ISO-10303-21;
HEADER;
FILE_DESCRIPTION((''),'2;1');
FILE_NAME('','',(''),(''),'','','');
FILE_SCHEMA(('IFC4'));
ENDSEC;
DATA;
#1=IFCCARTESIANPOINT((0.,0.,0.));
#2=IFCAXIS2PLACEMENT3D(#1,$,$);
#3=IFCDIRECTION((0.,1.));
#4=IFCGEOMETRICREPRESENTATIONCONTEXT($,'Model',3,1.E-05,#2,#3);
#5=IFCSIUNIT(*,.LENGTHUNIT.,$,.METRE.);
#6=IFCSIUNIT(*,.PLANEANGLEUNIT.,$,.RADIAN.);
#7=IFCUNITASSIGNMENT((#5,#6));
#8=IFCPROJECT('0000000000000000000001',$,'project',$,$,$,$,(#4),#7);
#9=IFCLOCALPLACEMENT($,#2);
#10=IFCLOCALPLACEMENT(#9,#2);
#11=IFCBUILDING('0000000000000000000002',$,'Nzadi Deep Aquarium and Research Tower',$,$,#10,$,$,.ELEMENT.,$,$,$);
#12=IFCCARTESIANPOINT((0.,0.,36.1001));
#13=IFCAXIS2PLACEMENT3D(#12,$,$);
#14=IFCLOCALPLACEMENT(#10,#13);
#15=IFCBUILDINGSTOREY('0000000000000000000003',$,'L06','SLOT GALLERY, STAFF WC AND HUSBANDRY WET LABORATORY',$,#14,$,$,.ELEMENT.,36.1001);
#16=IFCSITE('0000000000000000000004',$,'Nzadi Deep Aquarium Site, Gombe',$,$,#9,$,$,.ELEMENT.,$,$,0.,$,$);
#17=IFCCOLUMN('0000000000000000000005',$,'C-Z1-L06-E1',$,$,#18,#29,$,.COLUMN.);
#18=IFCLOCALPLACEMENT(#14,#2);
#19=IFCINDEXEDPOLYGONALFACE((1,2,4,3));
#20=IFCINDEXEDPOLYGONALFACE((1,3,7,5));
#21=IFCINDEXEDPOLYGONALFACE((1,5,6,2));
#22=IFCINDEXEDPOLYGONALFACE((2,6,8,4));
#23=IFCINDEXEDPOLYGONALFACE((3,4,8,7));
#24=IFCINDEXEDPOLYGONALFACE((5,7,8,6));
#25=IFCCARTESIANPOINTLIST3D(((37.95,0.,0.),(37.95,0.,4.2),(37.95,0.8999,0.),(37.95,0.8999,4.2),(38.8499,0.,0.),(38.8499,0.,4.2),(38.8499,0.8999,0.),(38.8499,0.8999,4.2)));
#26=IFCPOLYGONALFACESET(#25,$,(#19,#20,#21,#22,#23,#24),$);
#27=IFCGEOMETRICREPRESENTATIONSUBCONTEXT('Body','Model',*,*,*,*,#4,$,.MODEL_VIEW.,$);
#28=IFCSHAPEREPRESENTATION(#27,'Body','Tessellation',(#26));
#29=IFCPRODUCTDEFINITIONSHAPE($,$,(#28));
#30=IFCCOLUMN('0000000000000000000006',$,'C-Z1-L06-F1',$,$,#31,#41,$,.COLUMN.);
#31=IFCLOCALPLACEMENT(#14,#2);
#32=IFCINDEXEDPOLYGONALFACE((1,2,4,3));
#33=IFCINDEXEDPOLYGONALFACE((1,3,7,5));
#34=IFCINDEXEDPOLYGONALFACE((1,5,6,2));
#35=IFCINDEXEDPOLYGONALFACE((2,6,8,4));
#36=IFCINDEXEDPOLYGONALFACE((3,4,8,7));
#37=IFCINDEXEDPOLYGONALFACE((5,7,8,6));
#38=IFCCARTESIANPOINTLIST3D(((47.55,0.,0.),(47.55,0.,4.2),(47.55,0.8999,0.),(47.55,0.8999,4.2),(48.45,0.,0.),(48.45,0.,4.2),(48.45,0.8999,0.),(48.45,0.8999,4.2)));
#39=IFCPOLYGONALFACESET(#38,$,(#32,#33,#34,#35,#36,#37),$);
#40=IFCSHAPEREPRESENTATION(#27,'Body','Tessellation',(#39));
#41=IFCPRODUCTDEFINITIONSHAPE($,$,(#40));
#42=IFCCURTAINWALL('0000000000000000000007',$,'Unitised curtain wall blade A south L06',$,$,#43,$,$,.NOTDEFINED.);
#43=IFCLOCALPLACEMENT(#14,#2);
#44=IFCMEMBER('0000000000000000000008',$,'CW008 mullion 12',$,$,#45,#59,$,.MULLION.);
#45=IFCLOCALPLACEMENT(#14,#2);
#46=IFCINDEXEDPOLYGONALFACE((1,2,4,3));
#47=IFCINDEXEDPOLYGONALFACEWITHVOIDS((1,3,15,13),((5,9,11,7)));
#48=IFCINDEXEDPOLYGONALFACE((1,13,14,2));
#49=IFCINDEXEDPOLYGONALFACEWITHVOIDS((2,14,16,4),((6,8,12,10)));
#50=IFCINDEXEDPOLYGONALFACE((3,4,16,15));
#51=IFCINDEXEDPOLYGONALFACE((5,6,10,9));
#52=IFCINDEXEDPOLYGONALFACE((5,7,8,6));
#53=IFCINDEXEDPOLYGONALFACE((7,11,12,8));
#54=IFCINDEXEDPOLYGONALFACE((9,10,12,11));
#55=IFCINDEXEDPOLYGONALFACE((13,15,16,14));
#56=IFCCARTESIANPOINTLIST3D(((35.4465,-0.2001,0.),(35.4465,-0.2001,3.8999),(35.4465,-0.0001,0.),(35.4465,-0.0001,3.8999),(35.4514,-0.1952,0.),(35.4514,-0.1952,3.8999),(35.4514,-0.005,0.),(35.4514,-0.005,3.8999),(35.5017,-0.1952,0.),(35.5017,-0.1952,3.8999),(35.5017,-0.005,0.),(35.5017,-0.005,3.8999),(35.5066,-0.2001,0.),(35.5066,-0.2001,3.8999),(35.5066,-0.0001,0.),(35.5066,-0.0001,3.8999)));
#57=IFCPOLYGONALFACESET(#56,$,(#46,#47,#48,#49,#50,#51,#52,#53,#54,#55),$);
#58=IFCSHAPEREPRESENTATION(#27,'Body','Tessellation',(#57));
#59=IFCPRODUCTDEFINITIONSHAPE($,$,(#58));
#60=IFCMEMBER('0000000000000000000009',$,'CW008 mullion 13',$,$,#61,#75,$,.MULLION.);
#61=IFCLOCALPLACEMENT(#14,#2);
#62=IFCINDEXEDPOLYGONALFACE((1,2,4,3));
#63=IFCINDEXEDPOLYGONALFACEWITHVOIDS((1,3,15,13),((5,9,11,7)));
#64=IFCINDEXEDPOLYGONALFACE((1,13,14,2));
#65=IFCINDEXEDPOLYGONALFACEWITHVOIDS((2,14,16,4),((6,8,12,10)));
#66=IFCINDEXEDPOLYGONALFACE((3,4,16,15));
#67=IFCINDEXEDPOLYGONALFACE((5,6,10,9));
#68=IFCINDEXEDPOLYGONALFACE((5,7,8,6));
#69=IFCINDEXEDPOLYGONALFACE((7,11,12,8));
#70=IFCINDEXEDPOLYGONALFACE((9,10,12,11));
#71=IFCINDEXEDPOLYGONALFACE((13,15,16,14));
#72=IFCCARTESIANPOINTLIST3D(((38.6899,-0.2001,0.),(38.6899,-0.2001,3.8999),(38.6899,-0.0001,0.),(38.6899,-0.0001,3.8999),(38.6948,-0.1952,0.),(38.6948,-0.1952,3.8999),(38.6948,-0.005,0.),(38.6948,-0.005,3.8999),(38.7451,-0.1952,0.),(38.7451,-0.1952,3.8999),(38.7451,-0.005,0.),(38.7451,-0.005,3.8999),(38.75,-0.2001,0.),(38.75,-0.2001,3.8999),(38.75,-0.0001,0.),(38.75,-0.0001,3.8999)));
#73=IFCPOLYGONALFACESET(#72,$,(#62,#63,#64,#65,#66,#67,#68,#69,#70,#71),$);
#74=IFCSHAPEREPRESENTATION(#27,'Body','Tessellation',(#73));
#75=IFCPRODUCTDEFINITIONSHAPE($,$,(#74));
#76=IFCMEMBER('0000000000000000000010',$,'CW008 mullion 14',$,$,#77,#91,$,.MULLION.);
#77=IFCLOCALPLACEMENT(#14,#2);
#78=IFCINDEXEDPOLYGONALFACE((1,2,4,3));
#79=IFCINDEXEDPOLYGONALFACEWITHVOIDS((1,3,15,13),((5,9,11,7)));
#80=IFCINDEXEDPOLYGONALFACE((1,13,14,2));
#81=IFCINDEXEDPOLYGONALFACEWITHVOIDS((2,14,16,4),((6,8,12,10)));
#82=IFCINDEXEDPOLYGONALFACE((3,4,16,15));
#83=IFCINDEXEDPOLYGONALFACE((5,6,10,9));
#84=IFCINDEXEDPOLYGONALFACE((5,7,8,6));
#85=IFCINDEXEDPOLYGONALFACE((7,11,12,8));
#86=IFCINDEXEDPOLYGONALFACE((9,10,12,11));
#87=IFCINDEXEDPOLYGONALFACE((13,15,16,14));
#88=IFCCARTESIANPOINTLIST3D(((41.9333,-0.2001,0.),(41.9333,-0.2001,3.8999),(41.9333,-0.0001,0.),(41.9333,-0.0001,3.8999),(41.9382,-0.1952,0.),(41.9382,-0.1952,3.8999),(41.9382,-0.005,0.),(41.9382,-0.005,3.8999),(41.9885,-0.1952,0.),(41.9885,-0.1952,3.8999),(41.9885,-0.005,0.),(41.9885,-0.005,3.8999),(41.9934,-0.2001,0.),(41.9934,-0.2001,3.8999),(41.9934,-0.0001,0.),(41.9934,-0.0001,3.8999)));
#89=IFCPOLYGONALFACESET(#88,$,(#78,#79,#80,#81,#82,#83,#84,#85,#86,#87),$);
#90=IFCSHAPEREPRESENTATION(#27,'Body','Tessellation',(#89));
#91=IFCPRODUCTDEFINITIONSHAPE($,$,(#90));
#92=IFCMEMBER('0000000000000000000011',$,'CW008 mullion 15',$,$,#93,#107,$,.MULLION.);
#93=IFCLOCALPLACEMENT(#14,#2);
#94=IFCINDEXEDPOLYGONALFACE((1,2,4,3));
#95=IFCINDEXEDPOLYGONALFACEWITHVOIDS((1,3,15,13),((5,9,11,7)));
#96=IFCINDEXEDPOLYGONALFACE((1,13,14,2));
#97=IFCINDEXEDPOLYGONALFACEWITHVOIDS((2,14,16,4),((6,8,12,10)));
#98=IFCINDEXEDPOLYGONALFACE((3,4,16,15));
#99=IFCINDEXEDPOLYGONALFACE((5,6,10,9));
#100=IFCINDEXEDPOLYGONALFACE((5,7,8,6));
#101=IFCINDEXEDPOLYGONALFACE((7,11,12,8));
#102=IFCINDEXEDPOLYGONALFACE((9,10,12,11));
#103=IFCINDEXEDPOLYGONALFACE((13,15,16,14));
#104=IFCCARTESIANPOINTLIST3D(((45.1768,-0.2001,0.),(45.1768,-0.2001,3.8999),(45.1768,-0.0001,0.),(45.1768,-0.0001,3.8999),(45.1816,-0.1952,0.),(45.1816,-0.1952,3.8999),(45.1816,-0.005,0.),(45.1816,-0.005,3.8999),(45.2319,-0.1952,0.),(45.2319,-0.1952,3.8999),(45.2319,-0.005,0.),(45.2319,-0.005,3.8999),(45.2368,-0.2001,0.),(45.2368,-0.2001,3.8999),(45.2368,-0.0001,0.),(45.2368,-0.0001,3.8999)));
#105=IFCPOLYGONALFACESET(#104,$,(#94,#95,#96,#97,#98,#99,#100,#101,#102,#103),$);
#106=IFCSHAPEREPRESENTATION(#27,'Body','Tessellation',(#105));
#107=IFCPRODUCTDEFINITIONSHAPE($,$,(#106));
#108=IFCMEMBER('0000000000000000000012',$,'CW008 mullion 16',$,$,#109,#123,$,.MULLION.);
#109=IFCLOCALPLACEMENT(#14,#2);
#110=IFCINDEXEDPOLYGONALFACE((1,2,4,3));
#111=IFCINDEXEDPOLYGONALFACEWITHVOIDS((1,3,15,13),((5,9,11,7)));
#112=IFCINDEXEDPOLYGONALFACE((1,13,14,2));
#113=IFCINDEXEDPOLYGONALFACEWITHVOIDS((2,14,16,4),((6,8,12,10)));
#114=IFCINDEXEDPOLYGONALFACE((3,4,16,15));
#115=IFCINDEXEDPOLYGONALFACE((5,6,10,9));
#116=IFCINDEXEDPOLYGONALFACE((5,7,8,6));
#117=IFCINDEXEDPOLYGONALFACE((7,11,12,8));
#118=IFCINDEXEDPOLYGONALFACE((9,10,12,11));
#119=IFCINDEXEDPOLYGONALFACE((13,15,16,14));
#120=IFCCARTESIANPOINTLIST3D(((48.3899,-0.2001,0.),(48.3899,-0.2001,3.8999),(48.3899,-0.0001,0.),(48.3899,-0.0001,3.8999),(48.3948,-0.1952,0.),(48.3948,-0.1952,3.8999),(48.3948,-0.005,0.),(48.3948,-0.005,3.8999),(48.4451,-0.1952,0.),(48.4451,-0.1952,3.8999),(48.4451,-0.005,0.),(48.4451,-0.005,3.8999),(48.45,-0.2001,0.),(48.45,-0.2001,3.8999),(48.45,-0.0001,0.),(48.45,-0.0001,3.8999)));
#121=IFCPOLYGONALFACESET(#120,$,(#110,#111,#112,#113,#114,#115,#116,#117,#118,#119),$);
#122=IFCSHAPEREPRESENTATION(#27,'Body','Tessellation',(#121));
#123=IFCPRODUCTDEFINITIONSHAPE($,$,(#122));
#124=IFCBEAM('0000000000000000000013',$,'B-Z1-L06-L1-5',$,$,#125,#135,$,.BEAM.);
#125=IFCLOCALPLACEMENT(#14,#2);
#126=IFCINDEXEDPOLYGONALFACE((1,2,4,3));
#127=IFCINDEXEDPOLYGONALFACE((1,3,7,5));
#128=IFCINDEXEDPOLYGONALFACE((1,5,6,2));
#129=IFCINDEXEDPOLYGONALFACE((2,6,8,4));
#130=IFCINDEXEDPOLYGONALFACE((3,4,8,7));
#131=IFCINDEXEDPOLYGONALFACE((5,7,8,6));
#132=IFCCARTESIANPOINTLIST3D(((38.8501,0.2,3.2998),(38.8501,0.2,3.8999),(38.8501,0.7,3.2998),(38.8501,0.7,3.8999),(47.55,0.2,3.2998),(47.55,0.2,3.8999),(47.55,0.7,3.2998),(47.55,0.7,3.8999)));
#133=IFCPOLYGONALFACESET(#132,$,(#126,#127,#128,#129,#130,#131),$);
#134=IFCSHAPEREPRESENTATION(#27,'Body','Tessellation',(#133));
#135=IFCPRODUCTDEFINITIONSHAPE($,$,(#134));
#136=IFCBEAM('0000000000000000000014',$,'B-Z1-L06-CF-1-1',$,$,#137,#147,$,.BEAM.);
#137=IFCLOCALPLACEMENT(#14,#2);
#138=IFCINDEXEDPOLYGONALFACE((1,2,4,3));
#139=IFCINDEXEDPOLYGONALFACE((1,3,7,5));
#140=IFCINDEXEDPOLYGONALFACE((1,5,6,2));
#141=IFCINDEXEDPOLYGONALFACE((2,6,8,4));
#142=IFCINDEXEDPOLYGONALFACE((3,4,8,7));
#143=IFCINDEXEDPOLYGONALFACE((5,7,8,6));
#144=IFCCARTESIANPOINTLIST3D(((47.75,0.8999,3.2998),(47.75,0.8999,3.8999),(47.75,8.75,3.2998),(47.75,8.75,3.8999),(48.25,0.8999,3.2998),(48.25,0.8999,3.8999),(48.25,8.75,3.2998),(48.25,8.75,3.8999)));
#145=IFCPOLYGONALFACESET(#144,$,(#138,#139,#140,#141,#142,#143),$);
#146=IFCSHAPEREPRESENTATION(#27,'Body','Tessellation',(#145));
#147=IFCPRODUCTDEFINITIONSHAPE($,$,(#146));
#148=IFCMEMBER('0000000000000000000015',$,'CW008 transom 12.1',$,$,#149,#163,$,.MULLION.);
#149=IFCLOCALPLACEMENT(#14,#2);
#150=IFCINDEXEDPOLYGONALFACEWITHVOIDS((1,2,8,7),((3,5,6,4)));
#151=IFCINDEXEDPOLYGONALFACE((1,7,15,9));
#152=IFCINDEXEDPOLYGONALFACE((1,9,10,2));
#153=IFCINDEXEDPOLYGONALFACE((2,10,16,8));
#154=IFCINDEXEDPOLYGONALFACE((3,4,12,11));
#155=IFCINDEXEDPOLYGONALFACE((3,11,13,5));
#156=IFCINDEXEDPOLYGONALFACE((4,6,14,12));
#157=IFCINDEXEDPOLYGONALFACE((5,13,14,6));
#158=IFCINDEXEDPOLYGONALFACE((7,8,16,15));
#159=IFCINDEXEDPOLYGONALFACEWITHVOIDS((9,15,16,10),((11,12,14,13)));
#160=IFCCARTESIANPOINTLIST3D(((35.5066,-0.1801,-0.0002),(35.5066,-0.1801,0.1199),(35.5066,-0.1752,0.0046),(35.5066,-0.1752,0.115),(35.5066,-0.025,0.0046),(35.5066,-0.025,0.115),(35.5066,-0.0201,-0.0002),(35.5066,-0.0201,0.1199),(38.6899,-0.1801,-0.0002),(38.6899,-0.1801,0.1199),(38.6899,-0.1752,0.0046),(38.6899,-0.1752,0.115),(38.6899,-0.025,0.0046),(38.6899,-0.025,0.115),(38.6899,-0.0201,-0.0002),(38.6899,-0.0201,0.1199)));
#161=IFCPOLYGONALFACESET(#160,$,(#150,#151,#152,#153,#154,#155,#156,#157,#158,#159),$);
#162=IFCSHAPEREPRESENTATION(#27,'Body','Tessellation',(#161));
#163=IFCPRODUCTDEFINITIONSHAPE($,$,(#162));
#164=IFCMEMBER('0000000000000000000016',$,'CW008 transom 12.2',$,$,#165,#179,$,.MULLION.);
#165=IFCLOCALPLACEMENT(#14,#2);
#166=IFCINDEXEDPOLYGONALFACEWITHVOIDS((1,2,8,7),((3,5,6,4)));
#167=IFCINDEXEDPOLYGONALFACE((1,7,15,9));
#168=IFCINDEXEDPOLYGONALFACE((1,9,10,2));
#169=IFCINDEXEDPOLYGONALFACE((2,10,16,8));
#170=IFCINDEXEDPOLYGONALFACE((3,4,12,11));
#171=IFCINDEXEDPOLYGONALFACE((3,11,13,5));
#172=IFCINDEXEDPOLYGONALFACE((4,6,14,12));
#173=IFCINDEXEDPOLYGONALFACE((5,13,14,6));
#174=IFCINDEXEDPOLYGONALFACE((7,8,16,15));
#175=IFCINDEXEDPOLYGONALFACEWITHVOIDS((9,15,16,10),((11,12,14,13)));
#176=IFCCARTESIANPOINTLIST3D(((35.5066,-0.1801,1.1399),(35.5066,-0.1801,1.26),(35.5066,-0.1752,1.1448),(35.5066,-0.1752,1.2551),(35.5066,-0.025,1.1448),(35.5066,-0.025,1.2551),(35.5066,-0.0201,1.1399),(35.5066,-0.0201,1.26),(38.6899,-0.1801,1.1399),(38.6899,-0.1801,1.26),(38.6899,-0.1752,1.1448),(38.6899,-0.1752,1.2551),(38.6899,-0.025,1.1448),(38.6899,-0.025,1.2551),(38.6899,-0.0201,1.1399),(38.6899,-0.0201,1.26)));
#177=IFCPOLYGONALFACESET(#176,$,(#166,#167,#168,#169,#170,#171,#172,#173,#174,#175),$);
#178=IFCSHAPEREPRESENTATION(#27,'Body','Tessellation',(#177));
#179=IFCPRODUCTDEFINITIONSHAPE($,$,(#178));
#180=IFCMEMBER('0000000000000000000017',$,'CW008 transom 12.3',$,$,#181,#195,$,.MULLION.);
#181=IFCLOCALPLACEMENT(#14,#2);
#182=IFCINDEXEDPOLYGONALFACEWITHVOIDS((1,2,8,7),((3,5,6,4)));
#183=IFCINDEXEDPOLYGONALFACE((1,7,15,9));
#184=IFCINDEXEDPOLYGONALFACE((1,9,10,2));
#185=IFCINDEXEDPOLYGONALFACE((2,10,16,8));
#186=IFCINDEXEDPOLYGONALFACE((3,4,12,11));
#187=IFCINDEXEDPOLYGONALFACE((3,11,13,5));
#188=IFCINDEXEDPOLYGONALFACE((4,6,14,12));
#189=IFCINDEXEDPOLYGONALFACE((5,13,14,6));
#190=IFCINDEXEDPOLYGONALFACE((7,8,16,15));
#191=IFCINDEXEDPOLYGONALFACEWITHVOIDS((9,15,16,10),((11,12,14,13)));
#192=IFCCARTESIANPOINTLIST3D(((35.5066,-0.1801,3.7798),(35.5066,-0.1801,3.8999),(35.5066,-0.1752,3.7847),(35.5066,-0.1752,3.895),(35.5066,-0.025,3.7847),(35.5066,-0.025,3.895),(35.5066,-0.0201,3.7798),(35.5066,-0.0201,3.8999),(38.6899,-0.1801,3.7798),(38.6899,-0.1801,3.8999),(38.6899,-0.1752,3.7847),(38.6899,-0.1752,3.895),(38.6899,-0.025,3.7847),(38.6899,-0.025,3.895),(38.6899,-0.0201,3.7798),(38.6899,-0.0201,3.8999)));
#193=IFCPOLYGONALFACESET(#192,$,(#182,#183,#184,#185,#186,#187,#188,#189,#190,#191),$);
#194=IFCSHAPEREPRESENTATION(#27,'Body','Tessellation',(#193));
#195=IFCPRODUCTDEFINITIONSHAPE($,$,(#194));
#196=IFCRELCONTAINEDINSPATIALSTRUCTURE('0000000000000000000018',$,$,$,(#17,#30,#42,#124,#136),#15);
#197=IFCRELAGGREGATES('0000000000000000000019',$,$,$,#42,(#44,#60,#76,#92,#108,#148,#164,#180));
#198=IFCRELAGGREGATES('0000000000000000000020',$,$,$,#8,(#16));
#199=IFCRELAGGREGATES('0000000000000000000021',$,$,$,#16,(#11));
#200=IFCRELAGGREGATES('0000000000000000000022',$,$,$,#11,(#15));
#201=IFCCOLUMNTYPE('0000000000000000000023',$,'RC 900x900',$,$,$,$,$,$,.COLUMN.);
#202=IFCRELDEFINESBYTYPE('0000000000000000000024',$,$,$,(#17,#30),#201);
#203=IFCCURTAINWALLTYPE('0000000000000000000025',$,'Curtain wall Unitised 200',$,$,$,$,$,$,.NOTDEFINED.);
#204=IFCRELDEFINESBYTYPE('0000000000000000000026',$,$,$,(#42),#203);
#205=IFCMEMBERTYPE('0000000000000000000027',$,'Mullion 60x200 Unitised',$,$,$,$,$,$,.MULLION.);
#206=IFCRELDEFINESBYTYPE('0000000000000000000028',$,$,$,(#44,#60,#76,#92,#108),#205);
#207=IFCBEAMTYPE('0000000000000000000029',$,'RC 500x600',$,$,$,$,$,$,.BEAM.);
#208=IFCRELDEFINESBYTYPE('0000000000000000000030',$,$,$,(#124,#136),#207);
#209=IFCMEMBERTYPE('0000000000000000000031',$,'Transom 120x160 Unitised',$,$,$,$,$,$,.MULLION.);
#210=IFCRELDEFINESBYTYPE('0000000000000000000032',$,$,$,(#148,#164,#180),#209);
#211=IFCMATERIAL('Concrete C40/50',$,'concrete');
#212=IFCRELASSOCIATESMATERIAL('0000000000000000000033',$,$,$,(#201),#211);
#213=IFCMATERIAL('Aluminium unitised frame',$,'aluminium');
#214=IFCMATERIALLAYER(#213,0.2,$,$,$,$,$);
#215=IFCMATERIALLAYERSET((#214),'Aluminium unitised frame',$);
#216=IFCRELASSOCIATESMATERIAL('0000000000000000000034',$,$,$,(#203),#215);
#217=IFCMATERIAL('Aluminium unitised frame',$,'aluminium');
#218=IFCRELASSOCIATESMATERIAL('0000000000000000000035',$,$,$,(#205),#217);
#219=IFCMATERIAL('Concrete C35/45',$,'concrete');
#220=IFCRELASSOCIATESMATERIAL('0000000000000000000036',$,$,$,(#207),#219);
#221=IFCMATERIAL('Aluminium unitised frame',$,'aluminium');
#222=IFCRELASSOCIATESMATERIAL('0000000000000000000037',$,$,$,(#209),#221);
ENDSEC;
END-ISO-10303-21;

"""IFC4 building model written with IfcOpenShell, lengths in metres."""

from ifc_helpers import new_model, si_unit, direction, frame, origin, origin_2d, place, context, subcontext, project, spatial, rectangle, hollow_rectangle, extrude, material, layer, layer_set, material_profile, profile_set, type_object, element, aggregate, save


model = new_model("IFC4")

# Units and contexts
model_context = context("Model", 3, precision=1e-05, world=origin(), true_north=direction((0.0, 1.0)))
body_context = subcontext(model_context, "Body", "Model", "MODEL_VIEW")
ifc_project = project(units=[si_unit("LENGTHUNIT", "METRE"), si_unit("PLANEANGLEUNIT", "RADIAN")], contexts=[model_context])

# Site, building, storey
site_placement = place(None, origin())
site = spatial("IfcSite", under=ifc_project, at=site_placement, Name="Nzadi Deep Aquarium Site, Gombe", CompositionType="ELEMENT", RefElevation=0.0)
building_placement = place(site_placement, origin())
building = spatial("IfcBuilding", under=site, at=building_placement, Name="Nzadi Deep Aquarium and Research Tower", CompositionType="ELEMENT")
storey_placement = place(building_placement, frame((0.0, 0.0, 36.1001)))
storey = spatial("IfcBuildingStorey", under=building, at=storey_placement, Name="L06", Description="SLOT GALLERY, STAFF WC AND HUSBANDRY WET LABORATORY", CompositionType="ELEMENT", Elevation=36.1001)

# Columns
ifc_material_1 = material(Name="Concrete C40/50", Category="concrete")
ifc_material_profile_1 = material_profile(ifc_material_1, rectangle(XDim=0.8999, YDim=0.8999, at=origin_2d()))
ifc_profile_set_1 = profile_set([ifc_material_profile_1], Name="Concrete C40/50")
column_type = type_object("IfcColumnType", Name="RC 900x900", PredefinedType="COLUMN", material=ifc_profile_set_1)
for number, where, z_axis, x_axis, name in (
    (1, (38.3999, 0.45, 0.0), (0.0, 0.0, 1.0), (1.0, 0.0, 0.0), "C-Z1-L06-E1"),
    (2, (48.0, 0.45, 0.0), (0.0, 0.0, 1.0), (1.0, 0.0, 0.0), "C-Z1-L06-F1"),
):
    element("IfcColumn", number, at=place(storey_placement, frame(where, z_axis=z_axis, x_axis=x_axis)), inside=storey, type_object=column_type, Name=name, PredefinedType="COLUMN", context=body_context, shape_type="SweptSolid", body=[
        extrude(rectangle(XDim=0.8999, YDim=0.8999, at=origin_2d()), origin(), (0.0, 0.0, 1.0), 4.2),
    ])

# Curtain wall, members
ifc_material_2 = material(Name="Aluminium unitised frame", Category="aluminium")
ifc_layer_1 = layer(ifc_material_2, 0.2)
ifc_layer_set_1 = layer_set([ifc_layer_1], Name="Aluminium unitised frame")
curtain_wall_type = type_object("IfcCurtainWallType", Name="Curtain wall Unitised 200", PredefinedType="NOTDEFINED", material=ifc_layer_set_1)
curtain_wall_placement = place(storey_placement, origin())
curtain_wall = element("IfcCurtainWall", 3, at=curtain_wall_placement, inside=storey, type_object=curtain_wall_type, Name="Unitised curtain wall blade A south L06", PredefinedType="NOTDEFINED")
ifc_material_3 = material(Name="Aluminium unitised frame", Category="aluminium")
ifc_material_profile_2 = material_profile(ifc_material_3, hollow_rectangle(XDim=0.2, YDim=0.0601, WallThickness=0.0049, at=origin_2d()))
ifc_profile_set_2 = profile_set([ifc_material_profile_2], Name="Aluminium unitised frame")
member_type_1 = type_object("IfcMemberType", Name="Mullion 60x200 Unitised", PredefinedType="MULLION", material=ifc_profile_set_2)
member_1_placement = place(storey_placement, frame((35.4766, -0.1001, 0.0), z_axis=(0.0, 0.0, 1.0), x_axis=(0.0, 1.0, 0.0)))
member_1 = element("IfcMember", 4, at=member_1_placement, type_object=member_type_1, Name="CW008 mullion 12", PredefinedType="MULLION", context=body_context, shape_type="SweptSolid", body=[
    extrude(hollow_rectangle(XDim=0.2, YDim=0.0601, WallThickness=0.0049, at=origin_2d()), origin(), (0.0, 0.0, 1.0), 3.8999),
])
member_2_placement = place(storey_placement, frame((38.72, -0.1001, 0.0), z_axis=(0.0, 0.0, 1.0), x_axis=(0.0, 1.0, 0.0)))
member_2 = element("IfcMember", 5, at=member_2_placement, type_object=member_type_1, Name="CW008 mullion 13", PredefinedType="MULLION", context=body_context, shape_type="SweptSolid", body=[
    extrude(hollow_rectangle(XDim=0.2, YDim=0.0601, WallThickness=0.0049, at=origin_2d()), origin(), (0.0, 0.0, 1.0), 3.8999),
])
member_3_placement = place(storey_placement, frame((41.9634, -0.1001, 0.0), z_axis=(0.0, 0.0, 1.0), x_axis=(0.0, 1.0, 0.0)))
member_3 = element("IfcMember", 6, at=member_3_placement, type_object=member_type_1, Name="CW008 mullion 14", PredefinedType="MULLION", context=body_context, shape_type="SweptSolid", body=[
    extrude(hollow_rectangle(XDim=0.2, YDim=0.0601, WallThickness=0.0049, at=origin_2d()), origin(), (0.0, 0.0, 1.0), 3.8999),
])
member_4_placement = place(storey_placement, frame((45.2068, -0.1001, 0.0), z_axis=(0.0, 0.0, 1.0), x_axis=(0.0, 1.0, 0.0)))
member_4 = element("IfcMember", 7, at=member_4_placement, type_object=member_type_1, Name="CW008 mullion 15", PredefinedType="MULLION", context=body_context, shape_type="SweptSolid", body=[
    extrude(hollow_rectangle(XDim=0.2, YDim=0.0601, WallThickness=0.0049, at=origin_2d()), origin(), (0.0, 0.0, 1.0), 3.8999),
])
member_5_placement = place(storey_placement, frame((48.4199, -0.1001, 0.0), z_axis=(0.0, 0.0, 1.0), x_axis=(0.0, 1.0, 0.0)))
member_5 = element("IfcMember", 8, at=member_5_placement, type_object=member_type_1, Name="CW008 mullion 16", PredefinedType="MULLION", context=body_context, shape_type="SweptSolid", body=[
    extrude(hollow_rectangle(XDim=0.2, YDim=0.0601, WallThickness=0.0049, at=origin_2d()), origin(), (0.0, 0.0, 1.0), 3.8999),
])

# Beams
ifc_material_4 = material(Name="Concrete C35/45", Category="concrete")
ifc_material_profile_3 = material_profile(ifc_material_4, rectangle(XDim=0.5, YDim=0.6001, at=origin_2d()))
ifc_profile_set_3 = profile_set([ifc_material_profile_3], Name="Concrete C35/45")
beam_type = type_object("IfcBeamType", Name="RC 500x600", PredefinedType="BEAM", material=ifc_profile_set_3)
beam_1_placement = place(storey_placement, frame((38.8501, 0.45, 3.5999), z_axis=(1.0, 0.0, 0.0), x_axis=(0.0, 1.0, 0.0)))
element("IfcBeam", 9, at=beam_1_placement, inside=storey, type_object=beam_type, Name="B-Z1-L06-L1-5", PredefinedType="BEAM", context=body_context, shape_type="SweptSolid", body=[
    extrude(rectangle(XDim=0.5, YDim=0.6001, at=origin_2d()), origin(), (0.0, 0.0, 1.0), 8.7),
])
beam_2_placement = place(storey_placement, frame((48.0, 0.8999, 3.5999), z_axis=(0.0, 1.0, 0.0), x_axis=(-1.0, 0.0, 0.0)))
element("IfcBeam", 10, at=beam_2_placement, inside=storey, type_object=beam_type, Name="B-Z1-L06-CF-1-1", PredefinedType="BEAM", context=body_context, shape_type="SweptSolid", body=[
    extrude(rectangle(XDim=0.5, YDim=0.6001, at=origin_2d()), origin(), (0.0, 0.0, 1.0), 7.8501),
])

# Members
ifc_material_5 = material(Name="Aluminium unitised frame", Category="aluminium")
ifc_material_profile_4 = material_profile(ifc_material_5, hollow_rectangle(XDim=0.1599, YDim=0.1201, WallThickness=0.0049, at=origin_2d()))
ifc_profile_set_4 = profile_set([ifc_material_profile_4], Name="Aluminium unitised frame")
member_type_2 = type_object("IfcMemberType", Name="Transom 120x160 Unitised", PredefinedType="MULLION", material=ifc_profile_set_4)
member_6_placement = place(storey_placement, frame((35.5066, -0.1001, 0.0598), z_axis=(1.0, 0.0, 0.0), x_axis=(0.0, 1.0, 0.0)))
member_6 = element("IfcMember", 11, at=member_6_placement, type_object=member_type_2, Name="CW008 transom 12.1", PredefinedType="MULLION", context=body_context, shape_type="SweptSolid", body=[
    extrude(hollow_rectangle(XDim=0.1599, YDim=0.1201, WallThickness=0.0049, at=origin_2d()), origin(), (0.0, 0.0, 1.0), 3.1833),
])
member_7_placement = place(storey_placement, frame((35.5066, -0.1001, 1.2), z_axis=(1.0, 0.0, 0.0), x_axis=(0.0, 1.0, 0.0)))
member_7 = element("IfcMember", 12, at=member_7_placement, type_object=member_type_2, Name="CW008 transom 12.2", PredefinedType="MULLION", context=body_context, shape_type="SweptSolid", body=[
    extrude(hollow_rectangle(XDim=0.1599, YDim=0.1201, WallThickness=0.0049, at=origin_2d()), origin(), (0.0, 0.0, 1.0), 3.1833),
])
member_8_placement = place(storey_placement, frame((35.5066, -0.1001, 3.8398), z_axis=(1.0, 0.0, 0.0), x_axis=(0.0, 1.0, 0.0)))
member_8 = element("IfcMember", 13, at=member_8_placement, type_object=member_type_2, Name="CW008 transom 12.3", PredefinedType="MULLION", context=body_context, shape_type="SweptSolid", body=[
    extrude(hollow_rectangle(XDim=0.1599, YDim=0.1201, WallThickness=0.0049, at=origin_2d()), origin(), (0.0, 0.0, 1.0), 3.1833),
])

aggregate(curtain_wall, [member_1, member_2, member_3, member_4, member_5, member_6, member_7, member_8])

save(model, "model.ifc")
